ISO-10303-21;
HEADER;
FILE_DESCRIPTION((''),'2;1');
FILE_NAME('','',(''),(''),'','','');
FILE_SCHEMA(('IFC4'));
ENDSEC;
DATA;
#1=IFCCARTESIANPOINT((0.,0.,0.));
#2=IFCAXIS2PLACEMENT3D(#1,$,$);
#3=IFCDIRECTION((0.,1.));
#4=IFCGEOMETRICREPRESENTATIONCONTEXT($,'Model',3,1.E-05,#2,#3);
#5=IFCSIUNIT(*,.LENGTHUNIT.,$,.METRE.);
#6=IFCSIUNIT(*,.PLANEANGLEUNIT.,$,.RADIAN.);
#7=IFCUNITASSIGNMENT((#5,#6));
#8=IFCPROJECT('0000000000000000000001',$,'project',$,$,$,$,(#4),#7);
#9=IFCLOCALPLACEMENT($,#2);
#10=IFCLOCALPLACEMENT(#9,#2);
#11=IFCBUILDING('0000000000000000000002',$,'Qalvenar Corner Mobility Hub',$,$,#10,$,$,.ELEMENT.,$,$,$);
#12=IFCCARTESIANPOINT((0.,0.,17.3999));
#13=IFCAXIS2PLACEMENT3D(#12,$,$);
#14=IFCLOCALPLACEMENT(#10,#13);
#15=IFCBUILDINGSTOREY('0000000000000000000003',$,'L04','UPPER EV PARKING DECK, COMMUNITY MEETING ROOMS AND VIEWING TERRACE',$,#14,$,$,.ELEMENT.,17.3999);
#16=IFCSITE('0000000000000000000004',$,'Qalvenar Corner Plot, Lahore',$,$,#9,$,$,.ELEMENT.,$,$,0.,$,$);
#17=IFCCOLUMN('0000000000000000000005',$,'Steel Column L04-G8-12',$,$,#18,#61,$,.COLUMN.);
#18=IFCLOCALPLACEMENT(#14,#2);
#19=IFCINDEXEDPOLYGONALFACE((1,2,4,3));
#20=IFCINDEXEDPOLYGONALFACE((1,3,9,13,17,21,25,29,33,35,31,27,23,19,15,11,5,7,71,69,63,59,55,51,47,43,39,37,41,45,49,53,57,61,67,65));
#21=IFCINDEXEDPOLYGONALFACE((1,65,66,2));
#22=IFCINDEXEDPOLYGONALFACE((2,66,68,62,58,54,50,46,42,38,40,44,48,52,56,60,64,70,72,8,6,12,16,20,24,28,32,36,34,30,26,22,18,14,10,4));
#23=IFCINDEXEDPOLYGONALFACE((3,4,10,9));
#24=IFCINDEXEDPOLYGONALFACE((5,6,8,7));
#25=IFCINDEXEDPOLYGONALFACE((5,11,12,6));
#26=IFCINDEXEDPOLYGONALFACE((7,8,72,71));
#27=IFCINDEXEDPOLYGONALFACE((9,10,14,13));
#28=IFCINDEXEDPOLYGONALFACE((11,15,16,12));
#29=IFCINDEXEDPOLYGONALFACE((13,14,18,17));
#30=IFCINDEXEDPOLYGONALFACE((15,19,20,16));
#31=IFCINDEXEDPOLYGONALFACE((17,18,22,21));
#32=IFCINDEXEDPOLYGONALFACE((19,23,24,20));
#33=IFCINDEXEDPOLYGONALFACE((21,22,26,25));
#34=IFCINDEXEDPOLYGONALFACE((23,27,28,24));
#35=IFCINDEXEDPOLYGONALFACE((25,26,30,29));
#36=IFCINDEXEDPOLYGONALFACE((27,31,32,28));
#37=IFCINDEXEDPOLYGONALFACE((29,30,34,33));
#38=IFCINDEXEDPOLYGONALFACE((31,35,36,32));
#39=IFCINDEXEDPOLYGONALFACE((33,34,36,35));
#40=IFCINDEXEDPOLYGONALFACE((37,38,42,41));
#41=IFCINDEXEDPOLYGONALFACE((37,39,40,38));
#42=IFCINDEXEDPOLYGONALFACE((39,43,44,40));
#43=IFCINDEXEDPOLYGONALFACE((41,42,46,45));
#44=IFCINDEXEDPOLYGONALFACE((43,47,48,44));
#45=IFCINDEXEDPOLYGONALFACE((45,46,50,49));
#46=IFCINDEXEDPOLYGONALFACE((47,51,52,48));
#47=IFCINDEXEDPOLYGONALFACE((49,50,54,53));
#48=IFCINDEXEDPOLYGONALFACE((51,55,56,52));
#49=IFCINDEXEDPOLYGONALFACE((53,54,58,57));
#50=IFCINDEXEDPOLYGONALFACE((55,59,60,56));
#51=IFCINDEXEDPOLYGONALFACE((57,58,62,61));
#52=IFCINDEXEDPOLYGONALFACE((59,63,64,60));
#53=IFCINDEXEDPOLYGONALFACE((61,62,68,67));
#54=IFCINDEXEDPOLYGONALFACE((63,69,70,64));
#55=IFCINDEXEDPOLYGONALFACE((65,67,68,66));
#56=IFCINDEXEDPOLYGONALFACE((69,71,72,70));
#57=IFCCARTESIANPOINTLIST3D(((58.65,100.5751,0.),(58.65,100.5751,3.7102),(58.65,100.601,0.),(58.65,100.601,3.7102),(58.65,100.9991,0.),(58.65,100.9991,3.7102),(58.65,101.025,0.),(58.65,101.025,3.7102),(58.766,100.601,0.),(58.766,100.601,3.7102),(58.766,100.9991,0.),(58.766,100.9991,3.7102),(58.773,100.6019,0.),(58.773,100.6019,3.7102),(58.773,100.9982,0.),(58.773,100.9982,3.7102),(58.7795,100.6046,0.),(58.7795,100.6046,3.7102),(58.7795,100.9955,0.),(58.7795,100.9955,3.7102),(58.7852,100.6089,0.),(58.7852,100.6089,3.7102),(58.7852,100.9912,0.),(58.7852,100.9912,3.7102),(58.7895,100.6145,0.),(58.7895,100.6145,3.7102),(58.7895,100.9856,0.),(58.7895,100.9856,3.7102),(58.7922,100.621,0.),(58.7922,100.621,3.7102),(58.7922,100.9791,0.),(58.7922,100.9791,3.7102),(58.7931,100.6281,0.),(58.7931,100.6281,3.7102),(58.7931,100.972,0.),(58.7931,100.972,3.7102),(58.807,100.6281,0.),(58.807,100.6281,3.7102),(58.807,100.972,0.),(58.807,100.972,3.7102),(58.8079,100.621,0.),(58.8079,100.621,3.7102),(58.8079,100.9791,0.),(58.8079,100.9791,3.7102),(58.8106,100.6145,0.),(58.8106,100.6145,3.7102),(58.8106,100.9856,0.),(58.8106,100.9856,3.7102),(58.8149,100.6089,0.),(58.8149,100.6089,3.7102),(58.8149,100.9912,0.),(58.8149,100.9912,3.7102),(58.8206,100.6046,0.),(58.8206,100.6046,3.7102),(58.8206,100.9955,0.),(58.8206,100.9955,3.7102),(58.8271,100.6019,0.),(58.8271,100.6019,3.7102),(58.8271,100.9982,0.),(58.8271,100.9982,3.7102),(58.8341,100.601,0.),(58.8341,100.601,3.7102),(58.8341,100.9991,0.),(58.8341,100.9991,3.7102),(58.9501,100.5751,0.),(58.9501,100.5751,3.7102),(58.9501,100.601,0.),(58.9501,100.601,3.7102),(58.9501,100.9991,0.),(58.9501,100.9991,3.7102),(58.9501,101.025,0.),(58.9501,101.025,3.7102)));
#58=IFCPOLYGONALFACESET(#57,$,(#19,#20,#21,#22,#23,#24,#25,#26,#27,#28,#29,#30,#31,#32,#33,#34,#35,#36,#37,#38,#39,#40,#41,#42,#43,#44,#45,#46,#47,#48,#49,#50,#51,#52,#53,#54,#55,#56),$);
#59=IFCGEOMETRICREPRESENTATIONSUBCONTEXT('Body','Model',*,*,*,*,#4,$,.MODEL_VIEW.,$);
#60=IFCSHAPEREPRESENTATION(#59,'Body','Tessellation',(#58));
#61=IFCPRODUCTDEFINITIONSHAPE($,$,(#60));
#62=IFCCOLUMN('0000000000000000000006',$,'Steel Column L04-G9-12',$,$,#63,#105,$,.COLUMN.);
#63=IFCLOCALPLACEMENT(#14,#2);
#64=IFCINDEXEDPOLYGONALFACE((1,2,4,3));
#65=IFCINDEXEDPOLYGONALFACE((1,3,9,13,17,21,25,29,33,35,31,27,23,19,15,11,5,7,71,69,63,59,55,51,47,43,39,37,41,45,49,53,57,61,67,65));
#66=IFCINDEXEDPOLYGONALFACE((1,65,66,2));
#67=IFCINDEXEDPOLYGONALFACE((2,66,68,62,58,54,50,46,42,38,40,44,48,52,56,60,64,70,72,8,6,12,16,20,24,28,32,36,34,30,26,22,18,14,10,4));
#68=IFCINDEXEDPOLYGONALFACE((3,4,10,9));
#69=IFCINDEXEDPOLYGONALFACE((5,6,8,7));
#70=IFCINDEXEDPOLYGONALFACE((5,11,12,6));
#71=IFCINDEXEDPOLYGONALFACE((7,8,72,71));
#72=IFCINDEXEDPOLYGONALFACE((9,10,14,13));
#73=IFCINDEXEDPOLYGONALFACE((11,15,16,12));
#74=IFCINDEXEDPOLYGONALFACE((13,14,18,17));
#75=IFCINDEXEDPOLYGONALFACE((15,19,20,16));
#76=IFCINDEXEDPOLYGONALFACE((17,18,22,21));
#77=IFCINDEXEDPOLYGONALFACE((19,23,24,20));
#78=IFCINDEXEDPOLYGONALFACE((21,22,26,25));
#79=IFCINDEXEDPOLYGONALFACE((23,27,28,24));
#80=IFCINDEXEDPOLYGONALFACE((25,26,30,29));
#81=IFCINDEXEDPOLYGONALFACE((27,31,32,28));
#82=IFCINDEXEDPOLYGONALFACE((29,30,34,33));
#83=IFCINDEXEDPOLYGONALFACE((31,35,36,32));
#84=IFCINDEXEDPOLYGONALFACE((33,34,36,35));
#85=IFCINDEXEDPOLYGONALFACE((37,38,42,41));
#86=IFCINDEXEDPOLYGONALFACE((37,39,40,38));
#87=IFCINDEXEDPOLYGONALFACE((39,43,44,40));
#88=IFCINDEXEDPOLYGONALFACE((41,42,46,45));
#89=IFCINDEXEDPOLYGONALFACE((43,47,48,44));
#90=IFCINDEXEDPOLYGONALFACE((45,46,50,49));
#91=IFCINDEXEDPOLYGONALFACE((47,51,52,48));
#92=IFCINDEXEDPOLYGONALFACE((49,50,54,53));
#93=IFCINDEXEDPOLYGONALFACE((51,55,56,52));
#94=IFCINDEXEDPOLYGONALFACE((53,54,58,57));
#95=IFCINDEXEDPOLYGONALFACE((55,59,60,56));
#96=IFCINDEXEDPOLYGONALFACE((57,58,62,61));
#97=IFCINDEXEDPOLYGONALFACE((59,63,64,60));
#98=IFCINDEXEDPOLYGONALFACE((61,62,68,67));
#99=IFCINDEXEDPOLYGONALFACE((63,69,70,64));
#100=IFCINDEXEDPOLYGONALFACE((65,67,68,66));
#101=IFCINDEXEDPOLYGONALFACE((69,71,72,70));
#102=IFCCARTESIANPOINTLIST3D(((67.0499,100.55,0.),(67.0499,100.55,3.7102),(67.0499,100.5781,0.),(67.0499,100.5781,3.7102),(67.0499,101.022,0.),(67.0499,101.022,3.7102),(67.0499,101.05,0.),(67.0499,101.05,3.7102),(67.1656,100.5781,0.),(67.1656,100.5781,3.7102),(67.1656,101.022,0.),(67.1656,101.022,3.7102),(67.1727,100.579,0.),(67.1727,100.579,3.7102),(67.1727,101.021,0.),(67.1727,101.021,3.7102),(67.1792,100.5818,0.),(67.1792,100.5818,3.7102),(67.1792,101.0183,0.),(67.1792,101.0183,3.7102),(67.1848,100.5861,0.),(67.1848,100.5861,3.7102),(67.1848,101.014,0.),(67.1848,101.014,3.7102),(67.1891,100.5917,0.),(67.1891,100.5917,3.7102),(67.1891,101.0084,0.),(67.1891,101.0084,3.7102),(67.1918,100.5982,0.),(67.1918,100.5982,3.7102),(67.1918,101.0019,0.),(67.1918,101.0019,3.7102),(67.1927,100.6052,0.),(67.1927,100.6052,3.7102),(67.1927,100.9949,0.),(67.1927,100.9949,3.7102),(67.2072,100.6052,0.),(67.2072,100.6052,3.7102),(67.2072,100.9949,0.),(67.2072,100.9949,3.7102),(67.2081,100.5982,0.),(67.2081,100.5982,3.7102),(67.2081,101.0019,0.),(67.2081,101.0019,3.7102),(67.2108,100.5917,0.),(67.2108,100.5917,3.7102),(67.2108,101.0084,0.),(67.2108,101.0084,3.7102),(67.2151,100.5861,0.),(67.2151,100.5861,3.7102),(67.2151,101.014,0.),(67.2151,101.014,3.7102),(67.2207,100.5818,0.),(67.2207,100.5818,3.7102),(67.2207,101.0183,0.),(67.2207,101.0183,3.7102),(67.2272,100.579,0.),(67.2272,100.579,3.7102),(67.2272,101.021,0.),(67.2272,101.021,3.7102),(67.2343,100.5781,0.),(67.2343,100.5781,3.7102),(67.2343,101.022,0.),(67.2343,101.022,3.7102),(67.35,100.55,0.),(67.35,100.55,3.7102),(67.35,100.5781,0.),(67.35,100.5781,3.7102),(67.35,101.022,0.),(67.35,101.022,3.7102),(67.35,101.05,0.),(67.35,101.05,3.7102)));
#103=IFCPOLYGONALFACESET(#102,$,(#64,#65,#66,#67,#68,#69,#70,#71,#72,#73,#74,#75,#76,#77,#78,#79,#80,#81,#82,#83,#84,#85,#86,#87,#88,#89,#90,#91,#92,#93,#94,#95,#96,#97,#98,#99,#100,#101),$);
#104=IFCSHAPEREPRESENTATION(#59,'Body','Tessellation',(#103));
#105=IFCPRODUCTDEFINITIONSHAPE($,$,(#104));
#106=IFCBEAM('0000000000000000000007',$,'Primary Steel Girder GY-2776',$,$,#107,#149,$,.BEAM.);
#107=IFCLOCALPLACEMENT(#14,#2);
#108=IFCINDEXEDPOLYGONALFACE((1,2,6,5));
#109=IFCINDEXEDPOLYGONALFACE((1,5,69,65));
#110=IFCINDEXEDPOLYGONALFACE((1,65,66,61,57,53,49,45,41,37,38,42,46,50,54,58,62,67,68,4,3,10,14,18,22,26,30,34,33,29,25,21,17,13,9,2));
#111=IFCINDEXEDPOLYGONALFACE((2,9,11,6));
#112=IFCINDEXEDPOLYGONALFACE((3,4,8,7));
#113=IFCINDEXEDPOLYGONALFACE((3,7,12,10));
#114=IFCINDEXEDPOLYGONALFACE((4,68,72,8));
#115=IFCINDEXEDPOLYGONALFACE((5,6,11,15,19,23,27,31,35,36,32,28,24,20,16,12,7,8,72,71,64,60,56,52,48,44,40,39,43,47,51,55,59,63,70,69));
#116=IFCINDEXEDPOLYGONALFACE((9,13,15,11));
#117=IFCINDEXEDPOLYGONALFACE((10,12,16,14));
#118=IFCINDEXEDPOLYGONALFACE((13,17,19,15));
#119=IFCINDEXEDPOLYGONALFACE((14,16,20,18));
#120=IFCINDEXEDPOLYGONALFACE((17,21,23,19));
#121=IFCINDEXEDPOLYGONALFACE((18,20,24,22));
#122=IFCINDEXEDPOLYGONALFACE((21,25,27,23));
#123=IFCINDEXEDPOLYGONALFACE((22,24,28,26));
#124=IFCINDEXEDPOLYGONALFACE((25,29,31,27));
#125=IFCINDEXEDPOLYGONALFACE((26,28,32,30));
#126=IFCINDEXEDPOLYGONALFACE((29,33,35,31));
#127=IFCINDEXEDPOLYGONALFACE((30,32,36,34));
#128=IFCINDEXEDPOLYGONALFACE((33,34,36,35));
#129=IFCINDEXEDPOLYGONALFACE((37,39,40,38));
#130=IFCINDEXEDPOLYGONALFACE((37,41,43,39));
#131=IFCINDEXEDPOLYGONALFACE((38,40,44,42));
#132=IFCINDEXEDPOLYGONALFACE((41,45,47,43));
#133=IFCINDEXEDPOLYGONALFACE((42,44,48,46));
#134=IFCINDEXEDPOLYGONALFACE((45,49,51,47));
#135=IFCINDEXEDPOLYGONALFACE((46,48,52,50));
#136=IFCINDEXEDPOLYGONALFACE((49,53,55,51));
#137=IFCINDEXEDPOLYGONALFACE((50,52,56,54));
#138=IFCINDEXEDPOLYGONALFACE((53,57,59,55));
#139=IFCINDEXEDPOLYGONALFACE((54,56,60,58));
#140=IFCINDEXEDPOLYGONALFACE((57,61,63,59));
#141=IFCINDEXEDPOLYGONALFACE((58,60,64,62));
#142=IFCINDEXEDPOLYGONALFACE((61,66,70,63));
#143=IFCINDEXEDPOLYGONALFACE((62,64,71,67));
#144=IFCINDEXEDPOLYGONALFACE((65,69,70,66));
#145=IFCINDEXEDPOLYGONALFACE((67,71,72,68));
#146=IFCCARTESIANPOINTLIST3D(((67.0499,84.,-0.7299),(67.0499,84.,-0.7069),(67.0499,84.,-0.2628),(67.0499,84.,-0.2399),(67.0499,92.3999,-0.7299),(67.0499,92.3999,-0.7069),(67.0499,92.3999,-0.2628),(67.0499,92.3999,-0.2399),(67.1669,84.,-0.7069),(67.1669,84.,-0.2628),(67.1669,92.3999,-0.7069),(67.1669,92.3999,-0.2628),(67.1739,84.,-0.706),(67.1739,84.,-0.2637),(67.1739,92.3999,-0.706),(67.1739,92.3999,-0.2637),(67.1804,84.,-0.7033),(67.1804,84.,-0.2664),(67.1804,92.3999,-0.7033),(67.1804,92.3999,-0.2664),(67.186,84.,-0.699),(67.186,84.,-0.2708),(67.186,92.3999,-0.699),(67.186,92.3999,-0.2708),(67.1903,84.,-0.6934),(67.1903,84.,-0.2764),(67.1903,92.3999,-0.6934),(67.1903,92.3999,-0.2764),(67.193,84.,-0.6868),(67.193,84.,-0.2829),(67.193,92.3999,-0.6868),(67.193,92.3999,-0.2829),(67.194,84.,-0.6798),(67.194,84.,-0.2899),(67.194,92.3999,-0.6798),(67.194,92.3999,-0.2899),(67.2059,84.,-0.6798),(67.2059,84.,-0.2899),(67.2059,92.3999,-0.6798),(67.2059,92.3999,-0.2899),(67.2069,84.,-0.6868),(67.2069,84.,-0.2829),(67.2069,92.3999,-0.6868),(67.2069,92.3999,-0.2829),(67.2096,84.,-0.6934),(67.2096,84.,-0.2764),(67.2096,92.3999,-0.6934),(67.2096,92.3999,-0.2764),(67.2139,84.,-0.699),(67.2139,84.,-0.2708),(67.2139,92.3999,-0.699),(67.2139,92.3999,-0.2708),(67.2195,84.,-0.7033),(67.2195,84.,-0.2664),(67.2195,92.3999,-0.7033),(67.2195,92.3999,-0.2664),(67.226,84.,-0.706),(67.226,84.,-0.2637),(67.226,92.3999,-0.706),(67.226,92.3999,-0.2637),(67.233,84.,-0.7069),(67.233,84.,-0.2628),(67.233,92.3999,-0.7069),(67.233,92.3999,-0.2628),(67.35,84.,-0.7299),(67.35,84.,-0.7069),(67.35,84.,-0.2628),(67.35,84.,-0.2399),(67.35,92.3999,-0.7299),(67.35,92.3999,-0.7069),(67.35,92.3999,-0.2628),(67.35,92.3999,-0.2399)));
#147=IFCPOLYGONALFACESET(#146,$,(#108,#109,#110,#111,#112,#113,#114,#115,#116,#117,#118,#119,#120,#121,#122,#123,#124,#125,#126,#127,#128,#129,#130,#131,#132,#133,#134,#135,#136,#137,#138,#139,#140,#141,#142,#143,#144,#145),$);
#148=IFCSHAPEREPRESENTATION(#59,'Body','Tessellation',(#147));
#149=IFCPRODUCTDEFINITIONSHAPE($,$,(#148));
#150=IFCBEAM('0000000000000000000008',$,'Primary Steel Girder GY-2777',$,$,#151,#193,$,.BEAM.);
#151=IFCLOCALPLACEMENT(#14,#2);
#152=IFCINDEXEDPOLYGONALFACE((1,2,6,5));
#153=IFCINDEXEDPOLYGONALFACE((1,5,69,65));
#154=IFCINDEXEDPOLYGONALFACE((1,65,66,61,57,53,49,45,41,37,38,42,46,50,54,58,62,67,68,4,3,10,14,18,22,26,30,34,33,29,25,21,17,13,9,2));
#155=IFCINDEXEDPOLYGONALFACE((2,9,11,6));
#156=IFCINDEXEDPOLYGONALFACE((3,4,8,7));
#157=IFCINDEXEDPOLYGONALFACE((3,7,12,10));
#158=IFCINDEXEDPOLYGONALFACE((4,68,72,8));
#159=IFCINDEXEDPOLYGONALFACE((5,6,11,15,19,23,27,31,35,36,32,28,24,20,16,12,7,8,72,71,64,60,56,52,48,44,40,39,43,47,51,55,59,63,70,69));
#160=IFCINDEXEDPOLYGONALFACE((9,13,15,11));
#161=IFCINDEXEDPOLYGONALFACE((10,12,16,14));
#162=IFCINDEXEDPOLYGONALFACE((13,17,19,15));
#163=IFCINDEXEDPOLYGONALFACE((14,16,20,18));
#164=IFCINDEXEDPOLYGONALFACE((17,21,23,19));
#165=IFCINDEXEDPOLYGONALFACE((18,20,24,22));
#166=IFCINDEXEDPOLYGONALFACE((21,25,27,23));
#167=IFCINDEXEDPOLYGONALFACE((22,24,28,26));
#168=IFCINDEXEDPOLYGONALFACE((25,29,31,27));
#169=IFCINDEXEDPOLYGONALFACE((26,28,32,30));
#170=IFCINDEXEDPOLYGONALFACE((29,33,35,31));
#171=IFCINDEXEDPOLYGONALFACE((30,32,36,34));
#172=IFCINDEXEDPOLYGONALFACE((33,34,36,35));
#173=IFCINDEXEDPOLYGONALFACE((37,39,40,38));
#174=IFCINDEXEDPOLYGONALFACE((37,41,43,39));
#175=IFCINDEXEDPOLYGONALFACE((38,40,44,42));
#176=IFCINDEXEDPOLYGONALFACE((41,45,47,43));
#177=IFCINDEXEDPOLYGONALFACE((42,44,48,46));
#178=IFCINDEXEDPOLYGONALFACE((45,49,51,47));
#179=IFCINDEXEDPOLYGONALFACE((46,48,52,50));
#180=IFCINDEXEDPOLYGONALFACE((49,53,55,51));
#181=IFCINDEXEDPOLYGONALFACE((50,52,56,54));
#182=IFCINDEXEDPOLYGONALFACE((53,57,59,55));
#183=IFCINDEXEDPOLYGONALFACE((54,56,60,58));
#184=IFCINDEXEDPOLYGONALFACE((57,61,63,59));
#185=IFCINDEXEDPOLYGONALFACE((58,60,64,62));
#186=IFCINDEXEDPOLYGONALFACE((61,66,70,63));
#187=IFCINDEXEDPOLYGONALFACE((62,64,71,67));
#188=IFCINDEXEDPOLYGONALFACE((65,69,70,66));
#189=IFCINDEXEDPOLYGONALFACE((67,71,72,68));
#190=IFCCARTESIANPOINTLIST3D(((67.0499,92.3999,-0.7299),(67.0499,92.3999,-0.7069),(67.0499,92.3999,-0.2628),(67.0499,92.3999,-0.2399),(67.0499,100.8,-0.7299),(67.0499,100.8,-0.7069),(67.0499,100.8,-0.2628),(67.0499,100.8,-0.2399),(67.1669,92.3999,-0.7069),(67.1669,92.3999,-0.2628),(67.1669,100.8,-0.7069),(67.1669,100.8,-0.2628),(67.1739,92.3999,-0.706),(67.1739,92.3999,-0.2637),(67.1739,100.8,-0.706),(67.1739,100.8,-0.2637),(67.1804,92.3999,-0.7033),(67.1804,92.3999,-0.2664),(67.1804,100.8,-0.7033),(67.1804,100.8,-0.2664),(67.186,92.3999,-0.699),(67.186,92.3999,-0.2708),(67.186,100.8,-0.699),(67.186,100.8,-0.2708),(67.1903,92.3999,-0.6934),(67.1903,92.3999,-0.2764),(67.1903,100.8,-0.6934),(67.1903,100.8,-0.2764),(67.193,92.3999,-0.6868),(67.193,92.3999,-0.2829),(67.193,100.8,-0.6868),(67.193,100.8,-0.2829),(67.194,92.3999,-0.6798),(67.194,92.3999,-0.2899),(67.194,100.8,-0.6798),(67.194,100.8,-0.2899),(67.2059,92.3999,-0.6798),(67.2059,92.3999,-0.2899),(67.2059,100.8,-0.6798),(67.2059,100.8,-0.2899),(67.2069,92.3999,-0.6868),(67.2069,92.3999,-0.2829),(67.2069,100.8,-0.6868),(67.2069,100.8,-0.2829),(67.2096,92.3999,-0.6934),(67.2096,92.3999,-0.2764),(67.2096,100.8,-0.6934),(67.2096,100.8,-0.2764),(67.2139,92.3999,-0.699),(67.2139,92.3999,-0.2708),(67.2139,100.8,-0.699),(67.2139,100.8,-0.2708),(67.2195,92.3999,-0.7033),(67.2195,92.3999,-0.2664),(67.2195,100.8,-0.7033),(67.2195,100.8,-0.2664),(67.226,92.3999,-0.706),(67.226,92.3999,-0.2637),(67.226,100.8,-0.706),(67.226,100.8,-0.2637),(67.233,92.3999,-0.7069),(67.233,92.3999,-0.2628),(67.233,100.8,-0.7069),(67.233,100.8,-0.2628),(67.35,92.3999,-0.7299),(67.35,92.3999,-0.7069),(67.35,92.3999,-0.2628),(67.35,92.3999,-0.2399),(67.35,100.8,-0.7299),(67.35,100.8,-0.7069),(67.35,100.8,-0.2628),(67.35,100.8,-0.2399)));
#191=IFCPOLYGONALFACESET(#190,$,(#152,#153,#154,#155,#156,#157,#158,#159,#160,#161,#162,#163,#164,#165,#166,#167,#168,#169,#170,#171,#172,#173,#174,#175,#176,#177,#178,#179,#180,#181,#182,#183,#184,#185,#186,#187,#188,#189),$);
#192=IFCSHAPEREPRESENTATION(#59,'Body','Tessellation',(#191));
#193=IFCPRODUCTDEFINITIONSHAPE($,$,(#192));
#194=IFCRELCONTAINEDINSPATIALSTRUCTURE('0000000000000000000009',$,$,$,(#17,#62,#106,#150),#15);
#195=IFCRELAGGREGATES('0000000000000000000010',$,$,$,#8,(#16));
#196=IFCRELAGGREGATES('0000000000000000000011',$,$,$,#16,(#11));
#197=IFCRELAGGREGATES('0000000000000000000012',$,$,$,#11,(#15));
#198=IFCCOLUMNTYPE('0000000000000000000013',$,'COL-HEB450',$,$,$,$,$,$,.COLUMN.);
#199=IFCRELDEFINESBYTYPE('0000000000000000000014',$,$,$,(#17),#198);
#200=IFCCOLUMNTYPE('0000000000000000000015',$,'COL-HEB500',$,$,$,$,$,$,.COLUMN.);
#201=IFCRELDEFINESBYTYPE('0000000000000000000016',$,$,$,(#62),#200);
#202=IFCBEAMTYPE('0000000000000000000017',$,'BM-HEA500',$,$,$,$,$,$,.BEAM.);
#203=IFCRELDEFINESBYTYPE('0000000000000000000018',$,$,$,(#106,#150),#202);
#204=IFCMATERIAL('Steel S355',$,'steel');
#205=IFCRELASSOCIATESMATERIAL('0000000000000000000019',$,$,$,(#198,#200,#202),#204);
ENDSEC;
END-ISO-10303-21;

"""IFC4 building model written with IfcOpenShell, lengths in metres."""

from ifc_helpers import new_model, si_unit, direction, frame, origin, origin_2d, place, context, subcontext, project, spatial, i_section, extrude, material, material_profile, profile_set, type_object, element, save


model = new_model("IFC4")

# Units and contexts
model_context = context("Model", 3, precision=1e-05, world=origin(), true_north=direction((0.0, 1.0)))
body_context = subcontext(model_context, "Body", "Model", "MODEL_VIEW")
ifc_project = project(units=[si_unit("LENGTHUNIT", "METRE"), si_unit("PLANEANGLEUNIT", "RADIAN")], contexts=[model_context])

# Site, building, storey
site_placement = place(None, origin())
site = spatial("IfcSite", under=ifc_project, at=site_placement, Name="Qalvenar Corner Plot, Lahore", CompositionType="ELEMENT", RefElevation=0.0)
building_placement = place(site_placement, origin())
building = spatial("IfcBuilding", under=site, at=building_placement, Name="Qalvenar Corner Mobility Hub", CompositionType="ELEMENT")
storey_placement = place(building_placement, frame((0.0, 0.0, 17.3999)))
storey = spatial("IfcBuildingStorey", under=building, at=storey_placement, Name="L04", Description="UPPER EV PARKING DECK, COMMUNITY MEETING ROOMS AND VIEWING TERRACE", CompositionType="ELEMENT", Elevation=17.3999)

# Columns
ifc_material_1 = material(Name="Steel S355", Category="steel")
ifc_material_profile_1 = material_profile(ifc_material_1, i_section(OverallWidth=0.3, OverallDepth=0.45, WebThickness=0.0139, FlangeThickness=0.0259, FilletRadius=0.0271, at=origin_2d()), Name="HEB450")
ifc_profile_set_1 = profile_set([ifc_material_profile_1], Name="Steel S355")
column_type_1 = type_object("IfcColumnType", Name="COL-HEB450", PredefinedType="COLUMN", material=ifc_profile_set_1)
column_1_placement = place(storey_placement, frame((58.8, 100.8, 0.0), z_axis=(0.0, 0.0, 1.0), x_axis=(1.0, 0.0, 0.0)))
element("IfcColumn", 1, at=column_1_placement, inside=storey, type_object=column_type_1, Name="Steel Column L04-G8-12", PredefinedType="COLUMN", context=body_context, shape_type="SweptSolid", body=[
    extrude(i_section(OverallWidth=0.3, OverallDepth=0.45, WebThickness=0.0139, FlangeThickness=0.0259, FilletRadius=0.0271, at=origin_2d()), origin(), (0.0, 0.0, 1.0), 3.7102),
])
ifc_material_profile_2 = material_profile(ifc_material_1, i_section(OverallWidth=0.3, OverallDepth=0.5, WebThickness=0.0144, FlangeThickness=0.0281, FilletRadius=0.0271, at=origin_2d()), Name="HEB500")
ifc_profile_set_2 = profile_set([ifc_material_profile_2], Name="Steel S355")
column_type_2 = type_object("IfcColumnType", Name="COL-HEB500", PredefinedType="COLUMN", material=ifc_profile_set_2)
column_2_placement = place(storey_placement, frame((67.2, 100.8, 0.0), z_axis=(0.0, 0.0, 1.0), x_axis=(1.0, 0.0, 0.0)))
element("IfcColumn", 2, at=column_2_placement, inside=storey, type_object=column_type_2, Name="Steel Column L04-G9-12", PredefinedType="COLUMN", context=body_context, shape_type="SweptSolid", body=[
    extrude(i_section(OverallWidth=0.3, OverallDepth=0.5, WebThickness=0.0144, FlangeThickness=0.0281, FilletRadius=0.0271, at=origin_2d()), origin(), (0.0, 0.0, 1.0), 3.7102),
])

# Beams
ifc_material_profile_3 = material_profile(ifc_material_1, i_section(OverallWidth=0.3, OverallDepth=0.49, WebThickness=0.012, FlangeThickness=0.0229, FilletRadius=0.0271, at=origin_2d()), Name="HEA500")
ifc_profile_set_3 = profile_set([ifc_material_profile_3], Name="Steel S355")
beam_type_1 = type_object("IfcBeamType", Name="BM-HEA500", PredefinedType="BEAM", material=ifc_profile_set_3)
beam_1_placement = place(storey_placement, frame((67.2, 84.0, -0.4849), z_axis=(0.0, 1.0, 0.0), x_axis=(-1.0, 0.0, 0.0)))
element("IfcBeam", 3, at=beam_1_placement, inside=storey, type_object=beam_type_1, Name="Primary Steel Girder GY-2776", PredefinedType="BEAM", context=body_context, shape_type="SweptSolid", body=[
    extrude(i_section(OverallWidth=0.3, OverallDepth=0.49, WebThickness=0.012, FlangeThickness=0.0229, FilletRadius=0.0271, at=origin_2d()), origin(), (0.0, 0.0, 1.0), 8.3999),
])
beam_2_placement = place(storey_placement, frame((67.2, 92.3999, -0.4849), z_axis=(0.0, 1.0, 0.0), x_axis=(-1.0, 0.0, 0.0)))
element("IfcBeam", 4, at=beam_2_placement, inside=storey, type_object=beam_type_1, Name="Primary Steel Girder GY-2777", PredefinedType="BEAM", context=body_context, shape_type="SweptSolid", body=[
    extrude(i_section(OverallWidth=0.3, OverallDepth=0.49, WebThickness=0.012, FlangeThickness=0.0229, FilletRadius=0.0271, at=origin_2d()), origin(), (0.0, 0.0, 1.0), 8.4001),
])

save(model, "model.ifc")
